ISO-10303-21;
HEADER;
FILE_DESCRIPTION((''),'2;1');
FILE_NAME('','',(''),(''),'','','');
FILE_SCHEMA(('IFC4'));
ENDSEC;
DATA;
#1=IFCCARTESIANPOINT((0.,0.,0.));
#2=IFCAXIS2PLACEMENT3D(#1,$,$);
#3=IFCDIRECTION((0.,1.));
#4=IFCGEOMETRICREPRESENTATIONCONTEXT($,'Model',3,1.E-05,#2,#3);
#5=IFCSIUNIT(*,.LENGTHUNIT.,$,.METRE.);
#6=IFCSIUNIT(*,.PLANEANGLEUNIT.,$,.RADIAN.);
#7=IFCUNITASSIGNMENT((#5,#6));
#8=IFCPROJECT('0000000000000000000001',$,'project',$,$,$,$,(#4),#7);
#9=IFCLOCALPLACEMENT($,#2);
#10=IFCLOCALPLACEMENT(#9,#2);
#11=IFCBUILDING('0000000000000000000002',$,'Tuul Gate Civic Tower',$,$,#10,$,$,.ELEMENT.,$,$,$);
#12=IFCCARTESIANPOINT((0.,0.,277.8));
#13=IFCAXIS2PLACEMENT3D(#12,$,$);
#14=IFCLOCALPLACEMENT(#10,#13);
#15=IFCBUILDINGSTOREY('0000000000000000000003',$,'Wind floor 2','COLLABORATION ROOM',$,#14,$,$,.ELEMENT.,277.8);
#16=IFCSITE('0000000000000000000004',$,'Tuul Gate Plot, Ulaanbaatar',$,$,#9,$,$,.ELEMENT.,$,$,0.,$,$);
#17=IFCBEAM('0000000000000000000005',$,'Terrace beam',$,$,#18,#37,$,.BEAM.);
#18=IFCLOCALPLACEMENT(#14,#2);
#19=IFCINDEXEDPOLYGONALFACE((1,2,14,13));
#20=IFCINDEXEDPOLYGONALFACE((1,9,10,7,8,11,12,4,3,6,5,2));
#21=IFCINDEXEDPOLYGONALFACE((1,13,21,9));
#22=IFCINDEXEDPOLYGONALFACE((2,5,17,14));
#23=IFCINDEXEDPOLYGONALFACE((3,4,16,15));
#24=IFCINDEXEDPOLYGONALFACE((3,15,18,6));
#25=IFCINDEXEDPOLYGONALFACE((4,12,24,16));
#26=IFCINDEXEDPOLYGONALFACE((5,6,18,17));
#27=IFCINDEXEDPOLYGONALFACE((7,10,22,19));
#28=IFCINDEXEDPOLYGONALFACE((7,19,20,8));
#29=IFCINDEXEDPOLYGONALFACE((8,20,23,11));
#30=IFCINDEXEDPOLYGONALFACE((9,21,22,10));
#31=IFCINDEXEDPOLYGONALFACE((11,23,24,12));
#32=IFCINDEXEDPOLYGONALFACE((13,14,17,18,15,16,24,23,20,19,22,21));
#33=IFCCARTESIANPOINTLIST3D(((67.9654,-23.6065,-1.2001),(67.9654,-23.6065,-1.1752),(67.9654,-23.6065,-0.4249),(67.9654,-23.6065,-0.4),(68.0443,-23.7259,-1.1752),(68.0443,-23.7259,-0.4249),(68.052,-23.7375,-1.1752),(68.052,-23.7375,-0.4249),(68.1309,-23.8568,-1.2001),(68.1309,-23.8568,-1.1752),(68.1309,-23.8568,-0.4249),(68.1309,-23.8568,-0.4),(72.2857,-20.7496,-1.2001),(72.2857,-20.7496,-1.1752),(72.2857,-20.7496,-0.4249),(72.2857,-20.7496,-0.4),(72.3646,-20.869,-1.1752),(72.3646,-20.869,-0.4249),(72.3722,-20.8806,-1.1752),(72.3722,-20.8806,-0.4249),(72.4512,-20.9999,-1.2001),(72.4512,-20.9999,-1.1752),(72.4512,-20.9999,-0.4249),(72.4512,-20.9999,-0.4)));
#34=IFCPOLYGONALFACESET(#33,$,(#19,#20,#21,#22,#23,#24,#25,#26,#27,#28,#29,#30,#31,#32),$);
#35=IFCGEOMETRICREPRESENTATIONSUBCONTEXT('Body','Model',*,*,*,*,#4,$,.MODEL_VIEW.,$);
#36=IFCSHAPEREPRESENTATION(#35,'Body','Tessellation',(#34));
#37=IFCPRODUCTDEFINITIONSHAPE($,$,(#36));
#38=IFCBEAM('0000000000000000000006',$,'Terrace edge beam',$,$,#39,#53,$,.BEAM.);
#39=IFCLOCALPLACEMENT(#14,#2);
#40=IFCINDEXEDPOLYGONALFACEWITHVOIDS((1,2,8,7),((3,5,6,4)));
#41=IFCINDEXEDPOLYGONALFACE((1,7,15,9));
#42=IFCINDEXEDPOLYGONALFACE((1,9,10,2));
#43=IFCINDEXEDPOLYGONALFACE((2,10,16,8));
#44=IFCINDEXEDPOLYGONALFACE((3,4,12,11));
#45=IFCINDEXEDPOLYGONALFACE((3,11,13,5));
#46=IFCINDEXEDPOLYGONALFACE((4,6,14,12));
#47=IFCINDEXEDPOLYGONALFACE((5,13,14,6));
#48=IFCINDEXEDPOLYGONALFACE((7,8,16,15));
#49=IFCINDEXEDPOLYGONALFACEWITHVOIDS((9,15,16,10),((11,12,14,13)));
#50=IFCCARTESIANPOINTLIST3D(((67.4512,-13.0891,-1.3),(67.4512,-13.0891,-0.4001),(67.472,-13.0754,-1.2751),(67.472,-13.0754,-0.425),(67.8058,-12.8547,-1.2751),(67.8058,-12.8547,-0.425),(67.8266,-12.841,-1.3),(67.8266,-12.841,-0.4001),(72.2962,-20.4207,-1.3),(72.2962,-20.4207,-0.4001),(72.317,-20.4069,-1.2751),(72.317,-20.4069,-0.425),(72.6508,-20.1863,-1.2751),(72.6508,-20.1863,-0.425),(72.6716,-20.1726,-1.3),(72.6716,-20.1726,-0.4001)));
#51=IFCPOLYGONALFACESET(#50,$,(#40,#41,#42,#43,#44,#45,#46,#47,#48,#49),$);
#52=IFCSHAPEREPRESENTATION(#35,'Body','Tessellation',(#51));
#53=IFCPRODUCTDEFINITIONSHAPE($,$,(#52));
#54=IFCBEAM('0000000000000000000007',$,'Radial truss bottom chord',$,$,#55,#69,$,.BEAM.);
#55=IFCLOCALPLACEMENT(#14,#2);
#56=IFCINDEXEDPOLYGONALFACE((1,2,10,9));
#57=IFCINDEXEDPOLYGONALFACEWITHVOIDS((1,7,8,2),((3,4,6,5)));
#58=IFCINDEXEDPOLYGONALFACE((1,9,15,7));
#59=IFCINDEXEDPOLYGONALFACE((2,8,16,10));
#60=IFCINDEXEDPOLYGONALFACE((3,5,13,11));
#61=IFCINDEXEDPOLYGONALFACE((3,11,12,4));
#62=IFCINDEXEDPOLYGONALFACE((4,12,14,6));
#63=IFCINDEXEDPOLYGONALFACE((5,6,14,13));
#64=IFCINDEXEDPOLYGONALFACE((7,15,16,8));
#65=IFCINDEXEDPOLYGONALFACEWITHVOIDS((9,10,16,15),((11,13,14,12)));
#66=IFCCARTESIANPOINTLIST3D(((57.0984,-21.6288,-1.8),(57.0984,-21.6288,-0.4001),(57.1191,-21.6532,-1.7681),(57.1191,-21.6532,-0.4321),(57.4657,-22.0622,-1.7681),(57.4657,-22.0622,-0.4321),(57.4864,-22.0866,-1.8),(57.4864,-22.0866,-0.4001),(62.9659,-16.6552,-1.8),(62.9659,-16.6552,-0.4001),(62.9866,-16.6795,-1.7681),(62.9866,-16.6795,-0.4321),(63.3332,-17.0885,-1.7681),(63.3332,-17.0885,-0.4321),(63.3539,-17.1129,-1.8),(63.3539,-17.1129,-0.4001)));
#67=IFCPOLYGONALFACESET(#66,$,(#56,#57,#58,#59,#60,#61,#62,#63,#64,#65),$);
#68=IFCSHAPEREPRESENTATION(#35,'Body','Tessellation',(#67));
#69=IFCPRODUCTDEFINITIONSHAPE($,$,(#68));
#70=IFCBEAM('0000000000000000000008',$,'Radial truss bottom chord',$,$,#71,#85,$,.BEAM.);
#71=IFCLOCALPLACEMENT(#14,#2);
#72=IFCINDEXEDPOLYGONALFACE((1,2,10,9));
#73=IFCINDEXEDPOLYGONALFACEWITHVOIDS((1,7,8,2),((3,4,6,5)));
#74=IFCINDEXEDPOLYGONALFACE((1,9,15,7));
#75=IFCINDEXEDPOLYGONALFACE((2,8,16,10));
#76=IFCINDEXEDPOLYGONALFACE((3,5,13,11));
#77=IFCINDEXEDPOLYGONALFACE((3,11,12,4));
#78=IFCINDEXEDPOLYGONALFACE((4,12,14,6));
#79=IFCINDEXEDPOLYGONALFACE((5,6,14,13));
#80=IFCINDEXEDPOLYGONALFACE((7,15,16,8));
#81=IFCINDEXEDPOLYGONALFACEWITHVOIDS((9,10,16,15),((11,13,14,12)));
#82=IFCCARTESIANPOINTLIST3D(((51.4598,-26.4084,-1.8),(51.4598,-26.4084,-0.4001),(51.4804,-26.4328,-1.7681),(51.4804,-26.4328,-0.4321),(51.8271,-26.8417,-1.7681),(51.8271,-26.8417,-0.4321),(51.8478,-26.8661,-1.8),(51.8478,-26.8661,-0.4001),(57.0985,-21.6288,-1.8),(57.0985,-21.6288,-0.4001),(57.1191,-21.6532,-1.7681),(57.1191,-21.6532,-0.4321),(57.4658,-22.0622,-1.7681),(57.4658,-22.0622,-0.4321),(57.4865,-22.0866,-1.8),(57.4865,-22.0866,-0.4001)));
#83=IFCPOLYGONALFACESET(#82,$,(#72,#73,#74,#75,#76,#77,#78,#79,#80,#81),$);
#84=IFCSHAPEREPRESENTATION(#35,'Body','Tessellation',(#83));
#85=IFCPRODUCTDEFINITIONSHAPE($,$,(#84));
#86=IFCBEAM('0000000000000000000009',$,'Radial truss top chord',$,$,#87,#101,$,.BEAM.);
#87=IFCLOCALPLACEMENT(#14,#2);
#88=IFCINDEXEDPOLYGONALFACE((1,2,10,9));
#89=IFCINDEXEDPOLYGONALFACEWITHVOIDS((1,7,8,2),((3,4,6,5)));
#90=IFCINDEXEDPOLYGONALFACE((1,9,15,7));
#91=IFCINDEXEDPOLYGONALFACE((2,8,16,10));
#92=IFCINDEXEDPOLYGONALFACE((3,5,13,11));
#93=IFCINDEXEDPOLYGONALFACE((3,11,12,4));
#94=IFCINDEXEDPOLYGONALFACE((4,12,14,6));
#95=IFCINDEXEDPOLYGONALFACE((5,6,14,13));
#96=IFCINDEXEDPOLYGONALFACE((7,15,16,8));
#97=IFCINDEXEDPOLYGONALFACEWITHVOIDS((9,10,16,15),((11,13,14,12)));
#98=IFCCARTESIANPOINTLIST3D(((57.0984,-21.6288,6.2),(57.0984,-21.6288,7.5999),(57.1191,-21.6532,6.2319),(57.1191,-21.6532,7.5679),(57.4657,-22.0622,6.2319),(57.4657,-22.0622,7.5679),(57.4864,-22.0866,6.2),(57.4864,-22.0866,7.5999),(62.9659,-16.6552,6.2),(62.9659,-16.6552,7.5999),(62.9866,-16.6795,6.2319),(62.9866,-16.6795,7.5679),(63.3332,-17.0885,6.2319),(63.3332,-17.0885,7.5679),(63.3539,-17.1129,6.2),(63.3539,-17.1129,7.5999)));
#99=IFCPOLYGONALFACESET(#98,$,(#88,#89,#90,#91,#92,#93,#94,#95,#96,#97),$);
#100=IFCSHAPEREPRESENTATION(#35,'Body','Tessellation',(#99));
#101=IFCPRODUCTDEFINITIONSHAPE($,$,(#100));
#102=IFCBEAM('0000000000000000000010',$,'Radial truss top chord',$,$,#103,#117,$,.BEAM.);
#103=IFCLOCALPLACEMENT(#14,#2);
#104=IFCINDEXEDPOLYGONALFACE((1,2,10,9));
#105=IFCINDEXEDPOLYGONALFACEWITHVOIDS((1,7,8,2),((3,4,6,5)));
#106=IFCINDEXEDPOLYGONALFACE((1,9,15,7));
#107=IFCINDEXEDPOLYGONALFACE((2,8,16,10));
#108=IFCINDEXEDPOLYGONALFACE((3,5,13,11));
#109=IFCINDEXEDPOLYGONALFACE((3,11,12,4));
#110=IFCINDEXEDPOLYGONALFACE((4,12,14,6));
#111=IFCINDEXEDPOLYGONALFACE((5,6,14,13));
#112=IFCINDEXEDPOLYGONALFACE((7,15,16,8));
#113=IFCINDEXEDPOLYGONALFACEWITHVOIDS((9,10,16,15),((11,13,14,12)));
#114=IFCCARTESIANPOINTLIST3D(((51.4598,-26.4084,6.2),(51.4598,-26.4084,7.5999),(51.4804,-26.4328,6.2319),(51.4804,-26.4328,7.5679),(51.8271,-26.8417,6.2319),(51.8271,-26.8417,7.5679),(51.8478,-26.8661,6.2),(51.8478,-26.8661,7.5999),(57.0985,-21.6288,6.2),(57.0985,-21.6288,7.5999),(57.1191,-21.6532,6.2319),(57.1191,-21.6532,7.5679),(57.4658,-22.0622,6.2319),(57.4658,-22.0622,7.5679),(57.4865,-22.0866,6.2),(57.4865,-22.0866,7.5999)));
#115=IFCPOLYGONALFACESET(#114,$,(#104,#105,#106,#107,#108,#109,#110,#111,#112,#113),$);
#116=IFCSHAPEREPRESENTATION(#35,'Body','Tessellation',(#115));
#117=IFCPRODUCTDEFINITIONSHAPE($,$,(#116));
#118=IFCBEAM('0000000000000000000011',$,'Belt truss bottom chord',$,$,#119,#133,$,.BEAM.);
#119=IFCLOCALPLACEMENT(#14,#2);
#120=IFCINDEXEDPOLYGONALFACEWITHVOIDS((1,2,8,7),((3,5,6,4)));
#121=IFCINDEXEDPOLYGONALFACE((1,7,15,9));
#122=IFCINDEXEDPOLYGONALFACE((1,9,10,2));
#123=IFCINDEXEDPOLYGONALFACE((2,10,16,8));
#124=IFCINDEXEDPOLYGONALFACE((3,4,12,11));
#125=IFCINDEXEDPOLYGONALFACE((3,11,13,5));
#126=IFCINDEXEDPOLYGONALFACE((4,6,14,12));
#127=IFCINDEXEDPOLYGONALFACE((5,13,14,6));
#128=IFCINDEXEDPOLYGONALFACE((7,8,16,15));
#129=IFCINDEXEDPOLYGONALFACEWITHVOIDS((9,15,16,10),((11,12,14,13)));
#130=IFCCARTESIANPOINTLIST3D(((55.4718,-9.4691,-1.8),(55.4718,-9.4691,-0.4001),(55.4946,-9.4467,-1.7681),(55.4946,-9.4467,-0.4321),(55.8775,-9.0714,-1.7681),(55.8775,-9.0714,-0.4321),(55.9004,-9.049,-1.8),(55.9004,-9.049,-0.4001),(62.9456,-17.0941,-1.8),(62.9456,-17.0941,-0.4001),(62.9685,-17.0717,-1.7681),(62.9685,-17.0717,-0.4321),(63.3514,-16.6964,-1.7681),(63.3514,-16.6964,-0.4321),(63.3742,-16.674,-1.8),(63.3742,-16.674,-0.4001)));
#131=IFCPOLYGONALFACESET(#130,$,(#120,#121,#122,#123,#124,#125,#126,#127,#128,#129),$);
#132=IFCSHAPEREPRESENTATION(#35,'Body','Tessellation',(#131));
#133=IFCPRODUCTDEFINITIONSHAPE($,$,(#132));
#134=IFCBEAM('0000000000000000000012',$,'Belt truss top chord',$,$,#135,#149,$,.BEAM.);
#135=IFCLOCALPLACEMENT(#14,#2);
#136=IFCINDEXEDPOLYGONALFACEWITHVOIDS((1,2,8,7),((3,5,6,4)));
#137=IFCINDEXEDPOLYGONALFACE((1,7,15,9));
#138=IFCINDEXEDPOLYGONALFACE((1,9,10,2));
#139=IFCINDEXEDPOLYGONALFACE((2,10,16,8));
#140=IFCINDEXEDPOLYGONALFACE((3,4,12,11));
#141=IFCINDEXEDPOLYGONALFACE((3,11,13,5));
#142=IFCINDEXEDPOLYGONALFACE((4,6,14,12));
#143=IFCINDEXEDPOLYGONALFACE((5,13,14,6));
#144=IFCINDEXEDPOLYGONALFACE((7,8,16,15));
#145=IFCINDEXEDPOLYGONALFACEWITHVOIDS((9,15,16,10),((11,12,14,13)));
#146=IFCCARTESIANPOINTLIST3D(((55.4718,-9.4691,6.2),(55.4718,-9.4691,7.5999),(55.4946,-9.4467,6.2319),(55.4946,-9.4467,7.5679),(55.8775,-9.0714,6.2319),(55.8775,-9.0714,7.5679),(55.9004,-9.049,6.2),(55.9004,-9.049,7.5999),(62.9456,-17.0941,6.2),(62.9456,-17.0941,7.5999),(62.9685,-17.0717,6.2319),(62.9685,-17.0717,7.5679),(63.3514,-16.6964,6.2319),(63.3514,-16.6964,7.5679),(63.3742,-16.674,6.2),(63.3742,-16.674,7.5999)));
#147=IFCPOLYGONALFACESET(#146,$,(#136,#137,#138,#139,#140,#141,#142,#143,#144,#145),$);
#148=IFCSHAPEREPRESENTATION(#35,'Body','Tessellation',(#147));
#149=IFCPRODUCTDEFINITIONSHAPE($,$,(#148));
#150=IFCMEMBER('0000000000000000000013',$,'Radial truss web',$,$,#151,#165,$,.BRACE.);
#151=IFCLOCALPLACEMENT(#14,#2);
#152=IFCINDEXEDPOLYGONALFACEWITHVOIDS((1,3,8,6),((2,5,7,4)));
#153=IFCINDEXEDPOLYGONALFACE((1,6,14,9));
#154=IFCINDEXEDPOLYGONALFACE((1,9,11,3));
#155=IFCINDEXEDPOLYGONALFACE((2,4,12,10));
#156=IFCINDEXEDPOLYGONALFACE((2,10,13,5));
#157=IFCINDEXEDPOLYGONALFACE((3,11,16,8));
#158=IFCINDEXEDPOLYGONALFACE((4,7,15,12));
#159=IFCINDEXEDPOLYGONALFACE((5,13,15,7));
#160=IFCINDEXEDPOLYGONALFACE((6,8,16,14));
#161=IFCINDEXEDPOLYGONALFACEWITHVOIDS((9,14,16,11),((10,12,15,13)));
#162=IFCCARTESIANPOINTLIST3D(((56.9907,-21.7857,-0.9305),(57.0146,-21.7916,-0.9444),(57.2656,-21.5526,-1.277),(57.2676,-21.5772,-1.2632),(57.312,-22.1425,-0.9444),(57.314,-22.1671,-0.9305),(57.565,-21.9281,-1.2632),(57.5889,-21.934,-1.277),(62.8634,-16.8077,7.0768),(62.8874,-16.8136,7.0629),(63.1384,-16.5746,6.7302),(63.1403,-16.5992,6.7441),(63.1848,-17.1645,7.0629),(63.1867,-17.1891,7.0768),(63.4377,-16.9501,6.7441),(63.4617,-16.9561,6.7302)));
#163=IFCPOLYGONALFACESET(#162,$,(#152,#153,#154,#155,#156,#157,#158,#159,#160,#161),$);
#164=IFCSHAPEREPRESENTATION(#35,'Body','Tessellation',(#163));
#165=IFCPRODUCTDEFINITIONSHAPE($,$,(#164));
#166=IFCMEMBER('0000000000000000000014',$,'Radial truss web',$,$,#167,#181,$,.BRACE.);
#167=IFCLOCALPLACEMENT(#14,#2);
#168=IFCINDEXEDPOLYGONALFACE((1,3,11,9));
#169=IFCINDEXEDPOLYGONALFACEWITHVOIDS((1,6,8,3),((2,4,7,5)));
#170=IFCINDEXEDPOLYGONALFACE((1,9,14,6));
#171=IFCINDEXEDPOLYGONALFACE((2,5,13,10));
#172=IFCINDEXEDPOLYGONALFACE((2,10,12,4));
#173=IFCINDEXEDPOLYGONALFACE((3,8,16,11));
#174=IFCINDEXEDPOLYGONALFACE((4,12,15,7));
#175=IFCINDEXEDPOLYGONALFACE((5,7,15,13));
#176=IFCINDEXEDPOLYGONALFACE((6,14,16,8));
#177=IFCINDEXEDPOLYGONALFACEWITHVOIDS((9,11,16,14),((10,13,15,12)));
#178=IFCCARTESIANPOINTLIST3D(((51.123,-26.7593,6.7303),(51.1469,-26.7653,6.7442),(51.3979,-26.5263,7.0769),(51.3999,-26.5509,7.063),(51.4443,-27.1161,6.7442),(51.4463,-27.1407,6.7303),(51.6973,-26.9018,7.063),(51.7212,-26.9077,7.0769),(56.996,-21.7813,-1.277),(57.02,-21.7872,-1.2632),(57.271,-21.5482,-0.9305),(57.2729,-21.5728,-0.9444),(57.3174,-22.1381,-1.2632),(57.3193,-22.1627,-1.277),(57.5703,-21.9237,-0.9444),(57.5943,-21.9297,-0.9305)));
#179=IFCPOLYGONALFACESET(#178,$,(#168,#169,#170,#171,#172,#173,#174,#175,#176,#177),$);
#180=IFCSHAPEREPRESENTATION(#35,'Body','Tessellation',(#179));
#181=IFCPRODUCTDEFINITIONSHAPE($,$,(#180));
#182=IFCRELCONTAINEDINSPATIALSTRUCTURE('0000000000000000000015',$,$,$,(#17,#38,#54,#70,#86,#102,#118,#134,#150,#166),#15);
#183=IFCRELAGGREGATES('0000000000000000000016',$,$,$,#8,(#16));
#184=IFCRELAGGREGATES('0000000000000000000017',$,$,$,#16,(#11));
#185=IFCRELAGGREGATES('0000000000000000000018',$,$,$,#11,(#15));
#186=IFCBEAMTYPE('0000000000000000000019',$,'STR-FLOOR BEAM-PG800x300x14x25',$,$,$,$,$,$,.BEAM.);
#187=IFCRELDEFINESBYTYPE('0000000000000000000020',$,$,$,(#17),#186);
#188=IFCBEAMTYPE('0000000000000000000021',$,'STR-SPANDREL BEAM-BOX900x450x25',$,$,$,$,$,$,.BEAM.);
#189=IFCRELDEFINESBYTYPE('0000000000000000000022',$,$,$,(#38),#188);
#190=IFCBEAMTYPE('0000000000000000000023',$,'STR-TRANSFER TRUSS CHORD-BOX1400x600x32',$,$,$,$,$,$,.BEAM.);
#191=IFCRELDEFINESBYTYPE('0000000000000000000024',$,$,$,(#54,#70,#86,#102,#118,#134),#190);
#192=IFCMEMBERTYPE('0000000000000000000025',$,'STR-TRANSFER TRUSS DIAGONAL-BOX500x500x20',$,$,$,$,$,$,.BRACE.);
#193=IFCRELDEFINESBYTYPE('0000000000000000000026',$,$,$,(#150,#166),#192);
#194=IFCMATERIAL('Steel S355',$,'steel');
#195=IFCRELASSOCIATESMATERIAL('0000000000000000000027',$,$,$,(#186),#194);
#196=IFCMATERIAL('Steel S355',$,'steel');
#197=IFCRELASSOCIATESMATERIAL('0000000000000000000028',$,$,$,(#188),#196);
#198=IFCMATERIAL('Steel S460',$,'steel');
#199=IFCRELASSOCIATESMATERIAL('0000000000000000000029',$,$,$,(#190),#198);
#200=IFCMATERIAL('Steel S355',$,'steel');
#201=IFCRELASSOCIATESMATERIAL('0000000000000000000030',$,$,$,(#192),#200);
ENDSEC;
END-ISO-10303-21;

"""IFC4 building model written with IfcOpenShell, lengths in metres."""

from ifc_helpers import new_model, si_unit, direction, frame, origin, origin_2d, place, context, subcontext, project, spatial, hollow_rectangle, i_section, extrude, material, material_profile, profile_set, type_object, element, save


model = new_model("IFC4")

# Units and contexts
model_context = context("Model", 3, precision=1e-05, world=origin(), true_north=direction((0.0, 1.0)))
body_context = subcontext(model_context, "Body", "Model", "MODEL_VIEW")
ifc_project = project(units=[si_unit("LENGTHUNIT", "METRE"), si_unit("PLANEANGLEUNIT", "RADIAN")], contexts=[model_context])

# Site, building, storey
site_placement = place(None, origin())
site = spatial("IfcSite", under=ifc_project, at=site_placement, Name="Tuul Gate Plot, Ulaanbaatar", CompositionType="ELEMENT", RefElevation=0.0)
building_placement = place(site_placement, origin())
building = spatial("IfcBuilding", under=site, at=building_placement, Name="Tuul Gate Civic Tower", CompositionType="ELEMENT")
storey_placement = place(building_placement, frame((0.0, 0.0, 277.8)))
storey = spatial("IfcBuildingStorey", under=building, at=storey_placement, Name="Wind floor 2", Description="COLLABORATION ROOM", CompositionType="ELEMENT", Elevation=277.8)

# Beams
ifc_material_1 = material(Name="Steel S355", Category="steel")
ifc_material_profile_1 = material_profile(ifc_material_1, i_section(OverallWidth=0.3, OverallDepth=0.8, WebThickness=0.0139, FlangeThickness=0.0249, at=origin_2d()), Name="PG800x300x14x25")
ifc_profile_set_1 = profile_set([ifc_material_profile_1], Name="Steel S355")
beam_type_1 = type_object("IfcBeamType", Name="STR-FLOOR BEAM-PG800x300x14x25", PredefinedType="BEAM", material=ifc_profile_set_1)
beam_1_placement = place(storey_placement, frame((72.3684, -20.8748, -0.8), z_axis=(-0.834118, -0.551585, 0.0), x_axis=(0.551585, -0.834118, 0.0)))
element("IfcBeam", 1, at=beam_1_placement, inside=storey, type_object=beam_type_1, Name="Terrace beam", PredefinedType="BEAM", context=body_context, shape_type="SweptSolid", body=[
    extrude(i_section(OverallWidth=0.3, OverallDepth=0.8, WebThickness=0.0139, FlangeThickness=0.0249, at=origin_2d()), origin(), (0.0, 0.0, 1.0), 5.1794),
])
ifc_material_2 = material(Name="Steel S355", Category="steel")
ifc_material_profile_2 = material_profile(ifc_material_2, hollow_rectangle(XDim=0.45, YDim=0.8999, WallThickness=0.0249, at=origin_2d()), Name="BOX900x450x25")
ifc_profile_set_2 = profile_set([ifc_material_profile_2], Name="Steel S355")
beam_type_2 = type_object("IfcBeamType", Name="STR-SPANDREL BEAM-BOX900x450x25", PredefinedType="BEAM", material=ifc_profile_set_2)
beam_2_placement = place(storey_placement, frame((72.4839, -20.2966, -0.8501), z_axis=(-0.55133, 0.834287, 0.0), x_axis=(-0.834287, -0.55133, 0.0)))
element("IfcBeam", 2, at=beam_2_placement, inside=storey, type_object=beam_type_2, Name="Terrace edge beam", PredefinedType="BEAM", context=body_context, shape_type="SweptSolid", body=[
    extrude(hollow_rectangle(XDim=0.45, YDim=0.8999, WallThickness=0.0249, at=origin_2d()), origin(), (0.0, 0.0, 1.0), 8.7878),
])
ifc_material_3 = material(Name="Steel S460", Category="steel")
ifc_material_profile_3 = material_profile(ifc_material_3, hollow_rectangle(XDim=0.6001, YDim=1.3999, WallThickness=0.032, at=origin_2d()), Name="BOX1400x600x32")
ifc_profile_set_3 = profile_set([ifc_material_profile_3], Name="Steel S460")
beam_type_3 = type_object("IfcBeamType", Name="STR-TRANSFER TRUSS CHORD-BOX1400x600x32", PredefinedType="BEAM", material=ifc_profile_set_3)
beam_3_placement = place(storey_placement, frame((63.1599, -16.884, -1.1001), z_axis=(-0.762817, -0.646615, 0.0), x_axis=(0.646615, -0.762817, 0.0)))
element("IfcBeam", 3, at=beam_3_placement, inside=storey, type_object=beam_type_3, Name="Radial truss bottom chord", PredefinedType="BEAM", context=body_context, shape_type="SweptSolid", body=[
    extrude(hollow_rectangle(XDim=0.6001, YDim=1.3999, WallThickness=0.032, at=origin_2d()), origin(), (0.0, 0.0, 1.0), 7.6919),
])
beam_4_placement = place(storey_placement, frame((57.2925, -21.8577, -1.1001), z_axis=(-0.762829, -0.646601, 0.0), x_axis=(0.646601, -0.762829, 0.0)))
element("IfcBeam", 4, at=beam_4_placement, inside=storey, type_object=beam_type_3, Name="Radial truss bottom chord", PredefinedType="BEAM", context=body_context, shape_type="SweptSolid", body=[
    extrude(hollow_rectangle(XDim=0.6001, YDim=1.3999, WallThickness=0.032, at=origin_2d()), origin(), (0.0, 0.0, 1.0), 7.3918),
])
beam_5_placement = place(storey_placement, frame((63.1599, -16.884, 6.8999), z_axis=(-0.762817, -0.646615, 0.0), x_axis=(0.646615, -0.762817, 0.0)))
element("IfcBeam", 5, at=beam_5_placement, inside=storey, type_object=beam_type_3, Name="Radial truss top chord", PredefinedType="BEAM", context=body_context, shape_type="SweptSolid", body=[
    extrude(hollow_rectangle(XDim=0.6001, YDim=1.3999, WallThickness=0.032, at=origin_2d()), origin(), (0.0, 0.0, 1.0), 7.6919),
])
beam_6_placement = place(storey_placement, frame((57.2925, -21.8577, 6.8999), z_axis=(-0.762829, -0.646601, 0.0), x_axis=(0.646601, -0.762829, 0.0)))
element("IfcBeam", 6, at=beam_6_placement, inside=storey, type_object=beam_type_3, Name="Radial truss top chord", PredefinedType="BEAM", context=body_context, shape_type="SweptSolid", body=[
    extrude(hollow_rectangle(XDim=0.6001, YDim=1.3999, WallThickness=0.032, at=origin_2d()), origin(), (0.0, 0.0, 1.0), 7.3918),
])
for number, where, z_axis, x_axis, name in (
    (7, (63.1599, -16.884, -1.1001), (-0.699994, 0.714148, 0.0), (-0.714148, -0.699994, 0.0), "Belt truss bottom chord"),
    (8, (63.1599, -16.884, 6.8999), (-0.699994, 0.714148, 0.0), (-0.714148, -0.699994, 0.0), "Belt truss top chord"),
):
    element("IfcBeam", number, at=place(storey_placement, frame(where, z_axis=z_axis, x_axis=x_axis)), inside=storey, type_object=beam_type_3, Name=name, PredefinedType="BEAM", context=body_context, shape_type="SweptSolid", body=[
        extrude(hollow_rectangle(XDim=0.6001, YDim=1.3999, WallThickness=0.032, at=origin_2d()), origin(), (0.0, 0.0, 1.0), 10.677),
    ])

# Members
ifc_material_4 = material(Name="Steel S355", Category="steel")
ifc_material_profile_4 = material_profile(ifc_material_4, hollow_rectangle(XDim=0.5, YDim=0.5, WallThickness=0.02, at=origin_2d()), Name="BOX500x500x20")
ifc_profile_set_4 = profile_set([ifc_material_profile_4], Name="Steel S355")
member_type_1 = type_object("IfcMemberType", Name="STR-TRANSFER TRUSS DIAGONAL-BOX500x500x20", PredefinedType="BRACE", material=ifc_profile_set_4)
member_1_placement = place(storey_placement, frame((57.2898, -21.8599, -1.1038), z_axis=(0.5287, 0.448148, 0.720861), x_axis=(-0.646603, 0.762827, 0.0)))
element("IfcMember", 9, at=member_1_placement, inside=storey, type_object=member_type_1, Name="Radial truss web", PredefinedType="BRACE", context=body_context, shape_type="SweptSolid", body=[
    extrude(hollow_rectangle(XDim=0.5, YDim=0.5, WallThickness=0.02, at=origin_2d()), origin(), (0.0, 0.0, 1.0), 11.1079),
])
member_2_placement = place(storey_placement, frame((57.2952, -21.8555, -1.1038), z_axis=(-0.528716, -0.448142, 0.720852), x_axis=(0.646587, -0.76284, 0.0)))
element("IfcMember", 10, at=member_2_placement, inside=storey, type_object=member_type_1, Name="Radial truss web", PredefinedType="BRACE", context=body_context, shape_type="SweptSolid", body=[
    extrude(hollow_rectangle(XDim=0.5, YDim=0.5, WallThickness=0.02, at=origin_2d()), origin(), (0.0, 0.0, 1.0), 11.1082),
])

save(model, "model.ifc")
